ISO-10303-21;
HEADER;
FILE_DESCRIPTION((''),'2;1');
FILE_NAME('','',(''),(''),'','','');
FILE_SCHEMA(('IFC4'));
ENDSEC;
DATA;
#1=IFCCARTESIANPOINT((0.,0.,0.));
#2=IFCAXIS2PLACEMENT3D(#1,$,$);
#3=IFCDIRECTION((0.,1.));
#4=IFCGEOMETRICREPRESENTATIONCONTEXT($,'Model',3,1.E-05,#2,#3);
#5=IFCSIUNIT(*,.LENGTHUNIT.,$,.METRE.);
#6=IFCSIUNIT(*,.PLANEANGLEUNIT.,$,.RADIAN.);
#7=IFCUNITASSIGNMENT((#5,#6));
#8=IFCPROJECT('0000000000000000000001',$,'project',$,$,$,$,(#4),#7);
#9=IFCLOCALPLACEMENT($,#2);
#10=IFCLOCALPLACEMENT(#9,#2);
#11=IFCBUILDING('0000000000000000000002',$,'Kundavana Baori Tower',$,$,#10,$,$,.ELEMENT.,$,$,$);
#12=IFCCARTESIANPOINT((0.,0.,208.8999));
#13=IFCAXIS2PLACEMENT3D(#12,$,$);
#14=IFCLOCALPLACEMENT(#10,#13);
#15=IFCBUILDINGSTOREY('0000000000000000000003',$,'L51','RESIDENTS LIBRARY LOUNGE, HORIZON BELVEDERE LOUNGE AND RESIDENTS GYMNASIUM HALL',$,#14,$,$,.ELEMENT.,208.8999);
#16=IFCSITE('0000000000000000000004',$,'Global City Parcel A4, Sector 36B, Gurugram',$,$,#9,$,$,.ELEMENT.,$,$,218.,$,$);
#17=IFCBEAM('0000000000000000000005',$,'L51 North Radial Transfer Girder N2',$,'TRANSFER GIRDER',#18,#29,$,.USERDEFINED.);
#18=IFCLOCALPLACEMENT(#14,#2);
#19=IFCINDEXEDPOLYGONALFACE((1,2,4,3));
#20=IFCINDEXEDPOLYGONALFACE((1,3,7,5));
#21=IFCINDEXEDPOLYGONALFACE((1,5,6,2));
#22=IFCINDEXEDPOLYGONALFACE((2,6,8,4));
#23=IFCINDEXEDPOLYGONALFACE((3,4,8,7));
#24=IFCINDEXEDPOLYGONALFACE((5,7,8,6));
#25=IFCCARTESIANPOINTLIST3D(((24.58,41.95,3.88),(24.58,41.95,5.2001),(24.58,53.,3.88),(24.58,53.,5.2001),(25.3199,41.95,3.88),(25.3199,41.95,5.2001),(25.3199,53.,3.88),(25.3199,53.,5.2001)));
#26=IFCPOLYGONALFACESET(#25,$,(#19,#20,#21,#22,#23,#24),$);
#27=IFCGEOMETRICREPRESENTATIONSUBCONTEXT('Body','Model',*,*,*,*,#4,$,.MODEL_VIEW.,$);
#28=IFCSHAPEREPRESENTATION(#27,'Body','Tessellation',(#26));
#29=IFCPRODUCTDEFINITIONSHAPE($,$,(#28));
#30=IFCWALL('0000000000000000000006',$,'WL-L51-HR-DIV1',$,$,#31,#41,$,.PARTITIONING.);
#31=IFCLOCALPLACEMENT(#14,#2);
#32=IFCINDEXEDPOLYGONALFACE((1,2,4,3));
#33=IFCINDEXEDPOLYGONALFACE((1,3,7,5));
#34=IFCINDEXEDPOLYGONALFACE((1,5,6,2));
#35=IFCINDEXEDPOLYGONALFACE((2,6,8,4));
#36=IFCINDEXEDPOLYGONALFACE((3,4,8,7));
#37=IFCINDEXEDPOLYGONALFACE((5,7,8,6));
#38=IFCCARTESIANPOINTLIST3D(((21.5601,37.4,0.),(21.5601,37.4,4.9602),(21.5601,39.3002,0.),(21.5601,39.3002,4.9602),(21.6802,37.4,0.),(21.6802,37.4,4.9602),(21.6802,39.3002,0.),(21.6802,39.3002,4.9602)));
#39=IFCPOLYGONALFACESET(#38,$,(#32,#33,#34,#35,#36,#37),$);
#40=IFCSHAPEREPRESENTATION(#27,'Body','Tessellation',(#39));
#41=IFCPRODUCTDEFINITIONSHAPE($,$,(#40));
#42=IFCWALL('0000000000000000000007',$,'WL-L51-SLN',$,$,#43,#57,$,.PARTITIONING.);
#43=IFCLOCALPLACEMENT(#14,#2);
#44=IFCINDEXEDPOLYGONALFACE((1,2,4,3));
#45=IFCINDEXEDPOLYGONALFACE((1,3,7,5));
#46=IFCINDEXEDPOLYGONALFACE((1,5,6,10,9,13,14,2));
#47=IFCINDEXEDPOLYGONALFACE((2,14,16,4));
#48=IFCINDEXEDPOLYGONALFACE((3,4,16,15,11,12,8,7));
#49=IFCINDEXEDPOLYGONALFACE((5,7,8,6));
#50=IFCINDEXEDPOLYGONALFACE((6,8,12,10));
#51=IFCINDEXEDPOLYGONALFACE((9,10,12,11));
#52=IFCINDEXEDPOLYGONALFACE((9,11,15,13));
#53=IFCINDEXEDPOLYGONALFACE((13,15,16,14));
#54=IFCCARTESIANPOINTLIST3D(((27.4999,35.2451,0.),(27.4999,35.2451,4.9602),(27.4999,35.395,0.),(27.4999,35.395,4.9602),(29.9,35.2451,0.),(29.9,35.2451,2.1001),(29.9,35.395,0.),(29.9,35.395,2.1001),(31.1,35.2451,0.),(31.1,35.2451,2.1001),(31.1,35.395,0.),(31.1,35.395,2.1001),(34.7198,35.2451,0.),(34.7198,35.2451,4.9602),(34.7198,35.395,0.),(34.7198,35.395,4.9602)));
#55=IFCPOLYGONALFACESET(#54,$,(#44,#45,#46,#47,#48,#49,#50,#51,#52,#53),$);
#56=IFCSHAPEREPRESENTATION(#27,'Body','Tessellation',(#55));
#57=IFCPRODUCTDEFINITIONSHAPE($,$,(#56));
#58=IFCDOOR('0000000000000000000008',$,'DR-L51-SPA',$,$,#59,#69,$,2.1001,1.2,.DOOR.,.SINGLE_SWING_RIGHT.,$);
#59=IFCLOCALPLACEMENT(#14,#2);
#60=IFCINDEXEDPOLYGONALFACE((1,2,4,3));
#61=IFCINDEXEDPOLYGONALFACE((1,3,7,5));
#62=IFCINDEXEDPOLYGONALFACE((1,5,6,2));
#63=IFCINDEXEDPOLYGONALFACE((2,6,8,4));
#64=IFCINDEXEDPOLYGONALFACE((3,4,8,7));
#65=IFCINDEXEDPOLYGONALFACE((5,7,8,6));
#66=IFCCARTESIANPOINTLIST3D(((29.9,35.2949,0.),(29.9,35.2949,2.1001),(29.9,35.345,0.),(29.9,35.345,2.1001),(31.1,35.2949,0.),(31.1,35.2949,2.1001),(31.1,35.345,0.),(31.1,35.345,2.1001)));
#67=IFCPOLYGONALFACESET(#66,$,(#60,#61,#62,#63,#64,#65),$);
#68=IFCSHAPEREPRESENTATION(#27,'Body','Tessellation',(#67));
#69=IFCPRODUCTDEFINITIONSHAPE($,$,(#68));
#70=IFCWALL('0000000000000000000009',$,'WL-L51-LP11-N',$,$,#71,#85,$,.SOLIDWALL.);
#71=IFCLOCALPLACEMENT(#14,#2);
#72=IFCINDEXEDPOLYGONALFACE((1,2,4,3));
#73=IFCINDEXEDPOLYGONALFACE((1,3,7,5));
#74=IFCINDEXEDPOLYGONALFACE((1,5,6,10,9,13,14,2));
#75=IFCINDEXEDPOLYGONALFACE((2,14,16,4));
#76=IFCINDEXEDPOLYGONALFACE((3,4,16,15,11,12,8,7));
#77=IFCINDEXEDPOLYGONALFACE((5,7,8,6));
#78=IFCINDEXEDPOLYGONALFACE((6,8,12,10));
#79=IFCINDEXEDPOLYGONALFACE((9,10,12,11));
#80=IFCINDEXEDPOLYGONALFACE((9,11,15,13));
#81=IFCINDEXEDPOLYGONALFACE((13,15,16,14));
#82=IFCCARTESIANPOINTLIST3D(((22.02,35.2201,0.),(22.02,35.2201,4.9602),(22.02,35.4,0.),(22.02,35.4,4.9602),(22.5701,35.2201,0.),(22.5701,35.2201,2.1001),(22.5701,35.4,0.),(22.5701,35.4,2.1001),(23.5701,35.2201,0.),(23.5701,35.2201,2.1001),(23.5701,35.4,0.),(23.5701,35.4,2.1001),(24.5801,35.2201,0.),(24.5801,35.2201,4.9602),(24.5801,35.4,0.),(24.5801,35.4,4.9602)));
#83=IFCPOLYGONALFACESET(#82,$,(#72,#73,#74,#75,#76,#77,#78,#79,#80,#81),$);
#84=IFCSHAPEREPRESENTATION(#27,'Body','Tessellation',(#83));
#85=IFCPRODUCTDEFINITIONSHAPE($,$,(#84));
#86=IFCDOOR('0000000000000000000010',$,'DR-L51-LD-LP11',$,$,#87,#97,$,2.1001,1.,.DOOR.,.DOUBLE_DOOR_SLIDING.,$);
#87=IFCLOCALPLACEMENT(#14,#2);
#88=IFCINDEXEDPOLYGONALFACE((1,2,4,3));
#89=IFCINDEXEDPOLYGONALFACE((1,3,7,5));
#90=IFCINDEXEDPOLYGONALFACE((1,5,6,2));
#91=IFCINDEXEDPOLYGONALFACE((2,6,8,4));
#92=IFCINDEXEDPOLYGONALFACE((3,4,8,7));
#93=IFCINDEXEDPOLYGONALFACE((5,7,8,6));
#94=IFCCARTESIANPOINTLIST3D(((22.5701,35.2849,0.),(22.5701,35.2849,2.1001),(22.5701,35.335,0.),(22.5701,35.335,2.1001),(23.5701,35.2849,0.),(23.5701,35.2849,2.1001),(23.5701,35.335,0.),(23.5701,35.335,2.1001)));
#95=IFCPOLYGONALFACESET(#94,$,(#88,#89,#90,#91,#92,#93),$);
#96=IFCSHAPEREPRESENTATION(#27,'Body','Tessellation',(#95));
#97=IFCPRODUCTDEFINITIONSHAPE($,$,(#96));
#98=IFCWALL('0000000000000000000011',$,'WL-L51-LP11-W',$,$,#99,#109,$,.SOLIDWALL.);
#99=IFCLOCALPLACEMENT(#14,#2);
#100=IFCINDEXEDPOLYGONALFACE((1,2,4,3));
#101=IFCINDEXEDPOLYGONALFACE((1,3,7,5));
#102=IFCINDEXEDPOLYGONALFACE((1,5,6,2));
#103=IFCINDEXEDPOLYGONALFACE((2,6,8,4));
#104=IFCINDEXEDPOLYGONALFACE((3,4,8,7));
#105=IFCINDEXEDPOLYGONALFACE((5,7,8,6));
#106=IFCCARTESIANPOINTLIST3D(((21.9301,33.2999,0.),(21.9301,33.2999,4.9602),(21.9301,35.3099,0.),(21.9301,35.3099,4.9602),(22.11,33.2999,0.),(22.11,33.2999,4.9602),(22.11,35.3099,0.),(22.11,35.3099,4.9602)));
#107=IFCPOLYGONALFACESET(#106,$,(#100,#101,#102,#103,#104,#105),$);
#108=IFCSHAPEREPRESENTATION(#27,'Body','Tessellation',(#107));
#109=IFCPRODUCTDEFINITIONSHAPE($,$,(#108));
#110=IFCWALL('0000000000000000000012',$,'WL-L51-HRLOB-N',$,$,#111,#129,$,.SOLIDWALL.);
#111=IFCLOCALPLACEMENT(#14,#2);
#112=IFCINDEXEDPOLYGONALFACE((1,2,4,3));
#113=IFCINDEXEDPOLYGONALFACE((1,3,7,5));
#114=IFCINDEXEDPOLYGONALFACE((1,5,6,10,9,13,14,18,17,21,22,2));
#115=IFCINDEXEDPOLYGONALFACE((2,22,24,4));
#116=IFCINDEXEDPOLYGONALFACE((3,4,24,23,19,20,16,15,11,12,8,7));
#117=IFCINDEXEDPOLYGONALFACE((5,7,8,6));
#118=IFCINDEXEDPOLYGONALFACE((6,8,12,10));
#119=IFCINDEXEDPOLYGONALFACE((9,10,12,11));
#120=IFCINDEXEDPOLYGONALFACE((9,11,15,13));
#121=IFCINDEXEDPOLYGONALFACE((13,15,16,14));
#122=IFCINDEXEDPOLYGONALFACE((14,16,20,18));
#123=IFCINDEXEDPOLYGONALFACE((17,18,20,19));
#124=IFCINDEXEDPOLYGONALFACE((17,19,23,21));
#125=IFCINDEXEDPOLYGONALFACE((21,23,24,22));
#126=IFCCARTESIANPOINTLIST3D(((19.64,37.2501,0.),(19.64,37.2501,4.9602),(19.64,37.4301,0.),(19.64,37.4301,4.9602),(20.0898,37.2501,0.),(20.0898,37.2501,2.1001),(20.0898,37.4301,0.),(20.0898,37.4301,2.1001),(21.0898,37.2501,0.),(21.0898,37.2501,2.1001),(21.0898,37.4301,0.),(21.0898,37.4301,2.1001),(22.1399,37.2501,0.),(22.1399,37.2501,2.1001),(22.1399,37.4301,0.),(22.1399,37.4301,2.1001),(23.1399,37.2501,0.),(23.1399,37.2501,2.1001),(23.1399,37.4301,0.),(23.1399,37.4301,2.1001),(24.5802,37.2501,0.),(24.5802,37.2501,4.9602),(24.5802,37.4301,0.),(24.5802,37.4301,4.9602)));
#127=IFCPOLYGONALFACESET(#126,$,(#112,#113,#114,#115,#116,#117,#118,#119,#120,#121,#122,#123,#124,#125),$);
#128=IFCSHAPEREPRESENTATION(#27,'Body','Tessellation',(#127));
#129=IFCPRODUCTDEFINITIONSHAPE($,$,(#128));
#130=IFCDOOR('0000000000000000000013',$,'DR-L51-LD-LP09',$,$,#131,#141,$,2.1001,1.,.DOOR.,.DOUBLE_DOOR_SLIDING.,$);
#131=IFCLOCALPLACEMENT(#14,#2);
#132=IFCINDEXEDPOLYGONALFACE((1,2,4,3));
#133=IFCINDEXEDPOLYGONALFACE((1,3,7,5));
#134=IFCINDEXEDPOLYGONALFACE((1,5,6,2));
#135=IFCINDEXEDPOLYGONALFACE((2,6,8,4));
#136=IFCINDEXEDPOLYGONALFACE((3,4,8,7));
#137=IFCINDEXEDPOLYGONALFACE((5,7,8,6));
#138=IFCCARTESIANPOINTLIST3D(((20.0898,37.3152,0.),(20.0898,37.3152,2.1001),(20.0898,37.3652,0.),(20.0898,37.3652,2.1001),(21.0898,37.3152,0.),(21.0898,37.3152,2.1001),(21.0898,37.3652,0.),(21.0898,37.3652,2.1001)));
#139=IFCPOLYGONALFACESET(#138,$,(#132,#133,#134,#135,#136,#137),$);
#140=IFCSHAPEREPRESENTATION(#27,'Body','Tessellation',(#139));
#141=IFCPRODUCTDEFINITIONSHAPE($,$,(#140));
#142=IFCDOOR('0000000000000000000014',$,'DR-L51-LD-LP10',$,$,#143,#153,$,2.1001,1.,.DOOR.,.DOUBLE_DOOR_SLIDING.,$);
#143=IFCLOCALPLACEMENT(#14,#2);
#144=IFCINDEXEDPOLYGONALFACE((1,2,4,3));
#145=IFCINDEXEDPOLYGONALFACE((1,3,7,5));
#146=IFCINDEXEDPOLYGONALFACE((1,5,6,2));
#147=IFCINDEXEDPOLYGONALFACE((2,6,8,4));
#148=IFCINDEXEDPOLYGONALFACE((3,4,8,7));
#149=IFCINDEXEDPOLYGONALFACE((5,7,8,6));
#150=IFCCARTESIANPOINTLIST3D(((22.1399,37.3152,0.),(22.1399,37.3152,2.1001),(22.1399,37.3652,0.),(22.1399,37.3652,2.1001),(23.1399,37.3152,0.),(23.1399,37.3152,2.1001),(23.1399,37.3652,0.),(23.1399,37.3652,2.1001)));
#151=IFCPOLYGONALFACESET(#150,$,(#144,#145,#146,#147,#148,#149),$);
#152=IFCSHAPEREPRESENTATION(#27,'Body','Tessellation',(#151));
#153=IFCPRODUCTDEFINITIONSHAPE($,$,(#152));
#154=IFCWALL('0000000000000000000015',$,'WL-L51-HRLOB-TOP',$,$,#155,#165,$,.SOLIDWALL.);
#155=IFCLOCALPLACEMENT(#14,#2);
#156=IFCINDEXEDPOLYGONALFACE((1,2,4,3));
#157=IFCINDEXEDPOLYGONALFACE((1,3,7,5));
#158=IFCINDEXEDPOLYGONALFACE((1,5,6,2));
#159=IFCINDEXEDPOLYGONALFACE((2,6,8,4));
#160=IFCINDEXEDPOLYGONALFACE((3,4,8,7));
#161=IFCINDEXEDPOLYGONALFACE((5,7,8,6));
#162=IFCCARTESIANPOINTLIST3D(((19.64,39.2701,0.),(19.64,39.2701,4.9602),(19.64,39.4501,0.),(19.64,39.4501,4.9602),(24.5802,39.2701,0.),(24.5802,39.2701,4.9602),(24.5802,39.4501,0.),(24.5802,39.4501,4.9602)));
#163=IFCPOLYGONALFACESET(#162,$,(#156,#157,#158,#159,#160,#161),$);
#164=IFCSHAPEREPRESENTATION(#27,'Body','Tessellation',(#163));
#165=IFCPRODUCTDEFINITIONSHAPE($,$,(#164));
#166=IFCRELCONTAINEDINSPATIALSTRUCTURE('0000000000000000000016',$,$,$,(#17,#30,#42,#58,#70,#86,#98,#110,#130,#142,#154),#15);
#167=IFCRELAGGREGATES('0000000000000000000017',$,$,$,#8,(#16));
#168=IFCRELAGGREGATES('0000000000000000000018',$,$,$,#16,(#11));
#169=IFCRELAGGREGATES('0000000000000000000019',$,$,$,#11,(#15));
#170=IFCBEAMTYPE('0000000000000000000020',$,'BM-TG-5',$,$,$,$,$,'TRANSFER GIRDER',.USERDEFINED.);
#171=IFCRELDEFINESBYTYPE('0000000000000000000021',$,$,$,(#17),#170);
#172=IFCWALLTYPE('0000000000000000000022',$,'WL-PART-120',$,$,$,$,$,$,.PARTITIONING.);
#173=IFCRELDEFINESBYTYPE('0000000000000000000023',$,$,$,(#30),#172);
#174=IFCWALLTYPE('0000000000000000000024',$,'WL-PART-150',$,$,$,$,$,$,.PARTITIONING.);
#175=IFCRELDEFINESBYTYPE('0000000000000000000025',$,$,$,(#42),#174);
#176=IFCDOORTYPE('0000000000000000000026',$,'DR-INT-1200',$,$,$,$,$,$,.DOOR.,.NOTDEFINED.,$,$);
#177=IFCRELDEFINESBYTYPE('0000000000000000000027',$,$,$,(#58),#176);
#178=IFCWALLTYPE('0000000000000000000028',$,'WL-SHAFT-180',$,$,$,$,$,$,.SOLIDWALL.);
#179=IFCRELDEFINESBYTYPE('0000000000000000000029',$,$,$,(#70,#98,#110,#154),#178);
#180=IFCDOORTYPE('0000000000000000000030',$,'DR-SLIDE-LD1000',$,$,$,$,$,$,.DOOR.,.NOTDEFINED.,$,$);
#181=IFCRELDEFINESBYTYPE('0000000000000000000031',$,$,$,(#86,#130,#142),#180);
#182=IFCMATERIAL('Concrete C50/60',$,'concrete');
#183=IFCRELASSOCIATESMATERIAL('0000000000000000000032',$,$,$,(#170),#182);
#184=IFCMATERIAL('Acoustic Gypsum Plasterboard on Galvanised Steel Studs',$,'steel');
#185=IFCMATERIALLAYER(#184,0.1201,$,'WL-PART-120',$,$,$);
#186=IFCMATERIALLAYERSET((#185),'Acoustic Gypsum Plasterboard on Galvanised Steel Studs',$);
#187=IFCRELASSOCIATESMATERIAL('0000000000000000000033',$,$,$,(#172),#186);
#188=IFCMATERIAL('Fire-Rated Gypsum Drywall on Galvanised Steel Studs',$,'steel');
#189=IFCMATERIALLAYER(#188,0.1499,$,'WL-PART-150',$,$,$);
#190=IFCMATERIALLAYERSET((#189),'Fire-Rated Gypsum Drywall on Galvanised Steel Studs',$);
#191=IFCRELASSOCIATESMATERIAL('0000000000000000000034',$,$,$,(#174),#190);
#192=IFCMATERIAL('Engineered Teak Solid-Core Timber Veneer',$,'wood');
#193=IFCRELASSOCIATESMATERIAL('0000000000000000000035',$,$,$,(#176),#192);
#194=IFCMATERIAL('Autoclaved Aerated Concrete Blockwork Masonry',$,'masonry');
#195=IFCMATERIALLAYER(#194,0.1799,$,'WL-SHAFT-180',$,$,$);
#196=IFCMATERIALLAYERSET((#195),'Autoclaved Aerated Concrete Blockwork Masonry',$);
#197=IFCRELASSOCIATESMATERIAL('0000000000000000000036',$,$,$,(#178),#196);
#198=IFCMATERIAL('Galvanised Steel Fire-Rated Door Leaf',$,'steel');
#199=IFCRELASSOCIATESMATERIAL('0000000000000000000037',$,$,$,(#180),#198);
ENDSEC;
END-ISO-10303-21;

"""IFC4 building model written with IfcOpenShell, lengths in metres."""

from ifc_helpers import new_model, si_unit, direction, frame, frame_2d, origin, origin_2d, place, context, subcontext, project, spatial, rectangle, extrude, material, layer, layer_set, material_profile, profile_set, type_object, element, fill, save


model = new_model("IFC4")

# Units and contexts
model_context = context("Model", 3, precision=1e-05, world=origin(), true_north=direction((0.0, 1.0)))
body_context = subcontext(model_context, "Body", "Model", "MODEL_VIEW")
ifc_project = project(units=[si_unit("LENGTHUNIT", "METRE"), si_unit("PLANEANGLEUNIT", "RADIAN")], contexts=[model_context])

# Site, building, storey
site_placement = place(None, origin())
site = spatial("IfcSite", under=ifc_project, at=site_placement, Name="Global City Parcel A4, Sector 36B, Gurugram", CompositionType="ELEMENT", RefElevation=218.0)
building_placement = place(site_placement, origin())
building = spatial("IfcBuilding", under=site, at=building_placement, Name="Kundavana Baori Tower", CompositionType="ELEMENT")
storey_placement = place(building_placement, frame((0.0, 0.0, 208.8999)))
storey = spatial("IfcBuildingStorey", under=building, at=storey_placement, Name="L51", Description="RESIDENTS LIBRARY LOUNGE, HORIZON BELVEDERE LOUNGE AND RESIDENTS GYMNASIUM HALL", CompositionType="ELEMENT", Elevation=208.8999)

# Beam
ifc_material_1 = material(Name="Concrete C50/60", Category="concrete")
ifc_material_profile_1 = material_profile(ifc_material_1, rectangle(XDim=0.74, YDim=1.3201, at=origin_2d()), Name="BM-TG-5")
ifc_profile_set_1 = profile_set([ifc_material_profile_1], Name="Concrete C50/60")
beam_type_1 = type_object("IfcBeamType", Name="BM-TG-5", ElementType="TRANSFER GIRDER", PredefinedType="USERDEFINED", material=ifc_profile_set_1)
beam_1_placement = place(storey_placement, frame((24.95, 41.95, 4.54), z_axis=(0.0, 1.0, 0.0), x_axis=(-1.0, 0.0, 0.0)))
element("IfcBeam", 1, at=beam_1_placement, inside=storey, type_object=beam_type_1, Name="L51 North Radial Transfer Girder N2", ObjectType="TRANSFER GIRDER", PredefinedType="USERDEFINED", context=body_context, shape_type="SweptSolid", body=[
    extrude(rectangle(XDim=0.74, YDim=1.3201, at=origin_2d()), origin(), (0.0, 0.0, 1.0), 11.05),
])

# Wall
ifc_material_2 = material(Name="Acoustic Gypsum Plasterboard on Galvanised Steel Studs", Category="steel")
ifc_layer_1 = layer(ifc_material_2, 0.1201, Name="WL-PART-120")
ifc_layer_set_1 = layer_set([ifc_layer_1], Name="Acoustic Gypsum Plasterboard on Galvanised Steel Studs")
wall_type_1 = type_object("IfcWallType", Name="WL-PART-120", PredefinedType="PARTITIONING", material=ifc_layer_set_1)
wall_1_placement = place(storey_placement, frame((21.6201, 37.3999, 0.0), z_axis=(0.0, 0.0, 1.0), x_axis=(0.0, 1.0, 0.0)))
element("IfcWall", 2, at=wall_1_placement, inside=storey, type_object=wall_type_1, Name="WL-L51-HR-DIV1", PredefinedType="PARTITIONING", context=body_context, shape_type="SweptSolid", body=[
    extrude(rectangle(XDim=1.9001, YDim=0.1201, at=frame_2d((0.9502, 0.0))), origin(), (0.0, 0.0, 1.0), 4.9602),
])

# Walls, openings, doors
ifc_material_3 = material(Name="Fire-Rated Gypsum Drywall on Galvanised Steel Studs", Category="steel")
ifc_layer_2 = layer(ifc_material_3, 0.1499, Name="WL-PART-150")
ifc_layer_set_2 = layer_set([ifc_layer_2], Name="Fire-Rated Gypsum Drywall on Galvanised Steel Studs")
wall_type_2 = type_object("IfcWallType", Name="WL-PART-150", PredefinedType="PARTITIONING", material=ifc_layer_set_2)
wall_2_placement = place(storey_placement, frame((27.5, 35.3201, 0.0), z_axis=(0.0, 0.0, 1.0), x_axis=(1.0, 0.0, 0.0)))
wall_2 = element("IfcWall", 3, at=wall_2_placement, inside=storey, type_object=wall_type_2, Name="WL-L51-SLN", PredefinedType="PARTITIONING", context=body_context, shape_type="SweptSolid", body=[
    extrude(rectangle(XDim=7.22, YDim=0.1499, at=frame_2d((3.6099, 0.0))), origin(), (0.0, 0.0, 1.0), 4.9602),
])
opening_1_placement = place(wall_2_placement, frame((2.3999, 0.0, 0.0)))
opening_1 = element("IfcOpeningElement", 4, at=opening_1_placement, cuts=wall_2, PredefinedType="OPENING", context=body_context, shape_type="SweptSolid", body=[
    extrude(rectangle(XDim=1.2, YDim=2.1001, at=frame_2d((0.6001, 1.05))), frame((0.0, 0.085, 0.0), z_axis=(0.0, -1.0, 0.0), x_axis=(1.0, 0.0, 0.0)), (0.0, 0.0, 1.0), 0.1699),
])
ifc_material_4 = material(Name="Engineered Teak Solid-Core Timber Veneer", Category="wood")
door_type_1 = type_object("IfcDoorType", Name="DR-INT-1200", OperationType="NOTDEFINED", PredefinedType="DOOR", material=ifc_material_4)
door_1_placement = place(opening_1_placement, origin())
door_1 = element("IfcDoor", 5, at=door_1_placement, inside=storey, type_object=door_type_1, Name="DR-L51-SPA", OperationType="SINGLE_SWING_RIGHT", OverallHeight=2.1001, OverallWidth=1.2, PredefinedType="DOOR", context=body_context, shape_type="SweptSolid", body=[
    extrude(rectangle(XDim=1.2, YDim=2.1001, at=frame_2d((0.6001, 1.05))), frame((0.0, 0.0249, 0.0), z_axis=(0.0, -1.0, 0.0), x_axis=(1.0, 0.0, 0.0)), (0.0, 0.0, 1.0), 0.05),
])
fill(opening_1, door_1)
ifc_material_5 = material(Name="Autoclaved Aerated Concrete Blockwork Masonry", Category="masonry")
ifc_layer_3 = layer(ifc_material_5, 0.1799, Name="WL-SHAFT-180")
ifc_layer_set_3 = layer_set([ifc_layer_3], Name="Autoclaved Aerated Concrete Blockwork Masonry")
wall_type_3 = type_object("IfcWallType", Name="WL-SHAFT-180", PredefinedType="SOLIDWALL", material=ifc_layer_set_3)
wall_3_placement = place(storey_placement, frame((22.02, 35.3101, 0.0), z_axis=(0.0, 0.0, 1.0), x_axis=(1.0, 0.0, 0.0)))
wall_3 = element("IfcWall", 6, at=wall_3_placement, inside=storey, type_object=wall_type_3, Name="WL-L51-LP11-N", PredefinedType="SOLIDWALL", context=body_context, shape_type="SweptSolid", body=[
    extrude(rectangle(XDim=2.5601, YDim=0.1799, at=frame_2d((1.28, 0.0))), origin(), (0.0, 0.0, 1.0), 4.9602),
])
opening_2_placement = place(wall_3_placement, frame((0.55, 0.0, 0.0)))
opening_2 = element("IfcOpeningElement", 7, at=opening_2_placement, cuts=wall_3, PredefinedType="OPENING", context=body_context, shape_type="SweptSolid", body=[
    extrude(rectangle(XDim=1.0, YDim=2.1001, at=frame_2d((0.5, 1.05))), frame((0.0, 0.1001, 0.0), z_axis=(0.0, -1.0, 0.0), x_axis=(1.0, 0.0, 0.0)), (0.0, 0.0, 1.0), 0.2),
])
ifc_material_6 = material(Name="Galvanised Steel Fire-Rated Door Leaf", Category="steel")
door_type_2 = type_object("IfcDoorType", Name="DR-SLIDE-LD1000", OperationType="NOTDEFINED", PredefinedType="DOOR", material=ifc_material_6)
door_2_placement = place(opening_2_placement, origin())
door_2 = element("IfcDoor", 8, at=door_2_placement, inside=storey, type_object=door_type_2, Name="DR-L51-LD-LP11", OperationType="DOUBLE_DOOR_SLIDING", OverallHeight=2.1001, OverallWidth=1.0, PredefinedType="DOOR", context=body_context, shape_type="SweptSolid", body=[
    extrude(rectangle(XDim=1.0, YDim=2.1001, at=frame_2d((0.5, 1.05))), frame((0.0, 0.0249, 0.0), z_axis=(0.0, -1.0, 0.0), x_axis=(1.0, 0.0, 0.0)), (0.0, 0.0, 1.0), 0.05),
])
fill(opening_2, door_2)

# Wall
wall_4_placement = place(storey_placement, frame((22.02, 33.3, 0.0), z_axis=(0.0, 0.0, 1.0), x_axis=(0.0, 1.0, 0.0)))
element("IfcWall", 9, at=wall_4_placement, inside=storey, type_object=wall_type_3, Name="WL-L51-LP11-W", PredefinedType="SOLIDWALL", context=body_context, shape_type="SweptSolid", body=[
    extrude(rectangle(XDim=2.01, YDim=0.1799, at=frame_2d((1.0049, 0.0))), origin(), (0.0, 0.0, 1.0), 4.9602),
])

# Wall, openings, doors
wall_5_placement = place(storey_placement, frame((19.6399, 37.3401, 0.0), z_axis=(0.0, 0.0, 1.0), x_axis=(1.0, 0.0, 0.0)))
wall_5 = element("IfcWall", 10, at=wall_5_placement, inside=storey, type_object=wall_type_3, Name="WL-L51-HRLOB-N", PredefinedType="SOLIDWALL", context=body_context, shape_type="SweptSolid", body=[
    extrude(rectangle(XDim=4.9402, YDim=0.1799, at=frame_2d((2.4702, 0.0))), origin(), (0.0, 0.0, 1.0), 4.9602),
])
opening_3_placement = place(wall_5_placement, frame((0.45, 0.0, 0.0)))
opening_3 = element("IfcOpeningElement", 11, at=opening_3_placement, cuts=wall_5, PredefinedType="OPENING", context=body_context, shape_type="SweptSolid", body=[
    extrude(rectangle(XDim=1.0, YDim=2.1001, at=frame_2d((0.5, 1.05))), frame((0.0, 0.1001, 0.0), z_axis=(0.0, -1.0, 0.0), x_axis=(1.0, 0.0, 0.0)), (0.0, 0.0, 1.0), 0.2),
])
opening_4_placement = place(wall_5_placement, frame((2.5, 0.0, 0.0)))
opening_4 = element("IfcOpeningElement", 12, at=opening_4_placement, cuts=wall_5, PredefinedType="OPENING", context=body_context, shape_type="SweptSolid", body=[
    extrude(rectangle(XDim=1.0, YDim=2.1001, at=frame_2d((0.5, 1.05))), frame((0.0, 0.1001, 0.0), z_axis=(0.0, -1.0, 0.0), x_axis=(1.0, 0.0, 0.0)), (0.0, 0.0, 1.0), 0.2),
])
door_3_placement = place(opening_3_placement, frame((1.0, 0.0, 0.0), z_axis=(0.0, 0.0, 1.0), x_axis=(-1.0, 0.0, 0.0)))
door_3 = element("IfcDoor", 13, at=door_3_placement, inside=storey, type_object=door_type_2, Name="DR-L51-LD-LP09", OperationType="DOUBLE_DOOR_SLIDING", OverallHeight=2.1001, OverallWidth=1.0, PredefinedType="DOOR", context=body_context, shape_type="SweptSolid", body=[
    extrude(rectangle(XDim=1.0, YDim=2.1001, at=frame_2d((0.5, 1.05))), frame((0.0, 0.0249, 0.0), z_axis=(0.0, -1.0, 0.0), x_axis=(1.0, 0.0, 0.0)), (0.0, 0.0, 1.0), 0.05),
])
fill(opening_3, door_3)
door_4_placement = place(opening_4_placement, frame((1.0, 0.0, 0.0), z_axis=(0.0, 0.0, 1.0), x_axis=(-1.0, 0.0, 0.0)))
door_4 = element("IfcDoor", 14, at=door_4_placement, inside=storey, type_object=door_type_2, Name="DR-L51-LD-LP10", OperationType="DOUBLE_DOOR_SLIDING", OverallHeight=2.1001, OverallWidth=1.0, PredefinedType="DOOR", context=body_context, shape_type="SweptSolid", body=[
    extrude(rectangle(XDim=1.0, YDim=2.1001, at=frame_2d((0.5, 1.05))), frame((0.0, 0.0249, 0.0), z_axis=(0.0, -1.0, 0.0), x_axis=(1.0, 0.0, 0.0)), (0.0, 0.0, 1.0), 0.05),
])
fill(opening_4, door_4)

# Wall
wall_6_placement = place(storey_placement, frame((19.6399, 39.3601, 0.0), z_axis=(0.0, 0.0, 1.0), x_axis=(1.0, 0.0, 0.0)))
element("IfcWall", 15, at=wall_6_placement, inside=storey, type_object=wall_type_3, Name="WL-L51-HRLOB-TOP", PredefinedType="SOLIDWALL", context=body_context, shape_type="SweptSolid", body=[
    extrude(rectangle(XDim=4.9402, YDim=0.1799, at=frame_2d((2.4702, 0.0))), origin(), (0.0, 0.0, 1.0), 4.9602),
])

save(model, "model.ifc")
